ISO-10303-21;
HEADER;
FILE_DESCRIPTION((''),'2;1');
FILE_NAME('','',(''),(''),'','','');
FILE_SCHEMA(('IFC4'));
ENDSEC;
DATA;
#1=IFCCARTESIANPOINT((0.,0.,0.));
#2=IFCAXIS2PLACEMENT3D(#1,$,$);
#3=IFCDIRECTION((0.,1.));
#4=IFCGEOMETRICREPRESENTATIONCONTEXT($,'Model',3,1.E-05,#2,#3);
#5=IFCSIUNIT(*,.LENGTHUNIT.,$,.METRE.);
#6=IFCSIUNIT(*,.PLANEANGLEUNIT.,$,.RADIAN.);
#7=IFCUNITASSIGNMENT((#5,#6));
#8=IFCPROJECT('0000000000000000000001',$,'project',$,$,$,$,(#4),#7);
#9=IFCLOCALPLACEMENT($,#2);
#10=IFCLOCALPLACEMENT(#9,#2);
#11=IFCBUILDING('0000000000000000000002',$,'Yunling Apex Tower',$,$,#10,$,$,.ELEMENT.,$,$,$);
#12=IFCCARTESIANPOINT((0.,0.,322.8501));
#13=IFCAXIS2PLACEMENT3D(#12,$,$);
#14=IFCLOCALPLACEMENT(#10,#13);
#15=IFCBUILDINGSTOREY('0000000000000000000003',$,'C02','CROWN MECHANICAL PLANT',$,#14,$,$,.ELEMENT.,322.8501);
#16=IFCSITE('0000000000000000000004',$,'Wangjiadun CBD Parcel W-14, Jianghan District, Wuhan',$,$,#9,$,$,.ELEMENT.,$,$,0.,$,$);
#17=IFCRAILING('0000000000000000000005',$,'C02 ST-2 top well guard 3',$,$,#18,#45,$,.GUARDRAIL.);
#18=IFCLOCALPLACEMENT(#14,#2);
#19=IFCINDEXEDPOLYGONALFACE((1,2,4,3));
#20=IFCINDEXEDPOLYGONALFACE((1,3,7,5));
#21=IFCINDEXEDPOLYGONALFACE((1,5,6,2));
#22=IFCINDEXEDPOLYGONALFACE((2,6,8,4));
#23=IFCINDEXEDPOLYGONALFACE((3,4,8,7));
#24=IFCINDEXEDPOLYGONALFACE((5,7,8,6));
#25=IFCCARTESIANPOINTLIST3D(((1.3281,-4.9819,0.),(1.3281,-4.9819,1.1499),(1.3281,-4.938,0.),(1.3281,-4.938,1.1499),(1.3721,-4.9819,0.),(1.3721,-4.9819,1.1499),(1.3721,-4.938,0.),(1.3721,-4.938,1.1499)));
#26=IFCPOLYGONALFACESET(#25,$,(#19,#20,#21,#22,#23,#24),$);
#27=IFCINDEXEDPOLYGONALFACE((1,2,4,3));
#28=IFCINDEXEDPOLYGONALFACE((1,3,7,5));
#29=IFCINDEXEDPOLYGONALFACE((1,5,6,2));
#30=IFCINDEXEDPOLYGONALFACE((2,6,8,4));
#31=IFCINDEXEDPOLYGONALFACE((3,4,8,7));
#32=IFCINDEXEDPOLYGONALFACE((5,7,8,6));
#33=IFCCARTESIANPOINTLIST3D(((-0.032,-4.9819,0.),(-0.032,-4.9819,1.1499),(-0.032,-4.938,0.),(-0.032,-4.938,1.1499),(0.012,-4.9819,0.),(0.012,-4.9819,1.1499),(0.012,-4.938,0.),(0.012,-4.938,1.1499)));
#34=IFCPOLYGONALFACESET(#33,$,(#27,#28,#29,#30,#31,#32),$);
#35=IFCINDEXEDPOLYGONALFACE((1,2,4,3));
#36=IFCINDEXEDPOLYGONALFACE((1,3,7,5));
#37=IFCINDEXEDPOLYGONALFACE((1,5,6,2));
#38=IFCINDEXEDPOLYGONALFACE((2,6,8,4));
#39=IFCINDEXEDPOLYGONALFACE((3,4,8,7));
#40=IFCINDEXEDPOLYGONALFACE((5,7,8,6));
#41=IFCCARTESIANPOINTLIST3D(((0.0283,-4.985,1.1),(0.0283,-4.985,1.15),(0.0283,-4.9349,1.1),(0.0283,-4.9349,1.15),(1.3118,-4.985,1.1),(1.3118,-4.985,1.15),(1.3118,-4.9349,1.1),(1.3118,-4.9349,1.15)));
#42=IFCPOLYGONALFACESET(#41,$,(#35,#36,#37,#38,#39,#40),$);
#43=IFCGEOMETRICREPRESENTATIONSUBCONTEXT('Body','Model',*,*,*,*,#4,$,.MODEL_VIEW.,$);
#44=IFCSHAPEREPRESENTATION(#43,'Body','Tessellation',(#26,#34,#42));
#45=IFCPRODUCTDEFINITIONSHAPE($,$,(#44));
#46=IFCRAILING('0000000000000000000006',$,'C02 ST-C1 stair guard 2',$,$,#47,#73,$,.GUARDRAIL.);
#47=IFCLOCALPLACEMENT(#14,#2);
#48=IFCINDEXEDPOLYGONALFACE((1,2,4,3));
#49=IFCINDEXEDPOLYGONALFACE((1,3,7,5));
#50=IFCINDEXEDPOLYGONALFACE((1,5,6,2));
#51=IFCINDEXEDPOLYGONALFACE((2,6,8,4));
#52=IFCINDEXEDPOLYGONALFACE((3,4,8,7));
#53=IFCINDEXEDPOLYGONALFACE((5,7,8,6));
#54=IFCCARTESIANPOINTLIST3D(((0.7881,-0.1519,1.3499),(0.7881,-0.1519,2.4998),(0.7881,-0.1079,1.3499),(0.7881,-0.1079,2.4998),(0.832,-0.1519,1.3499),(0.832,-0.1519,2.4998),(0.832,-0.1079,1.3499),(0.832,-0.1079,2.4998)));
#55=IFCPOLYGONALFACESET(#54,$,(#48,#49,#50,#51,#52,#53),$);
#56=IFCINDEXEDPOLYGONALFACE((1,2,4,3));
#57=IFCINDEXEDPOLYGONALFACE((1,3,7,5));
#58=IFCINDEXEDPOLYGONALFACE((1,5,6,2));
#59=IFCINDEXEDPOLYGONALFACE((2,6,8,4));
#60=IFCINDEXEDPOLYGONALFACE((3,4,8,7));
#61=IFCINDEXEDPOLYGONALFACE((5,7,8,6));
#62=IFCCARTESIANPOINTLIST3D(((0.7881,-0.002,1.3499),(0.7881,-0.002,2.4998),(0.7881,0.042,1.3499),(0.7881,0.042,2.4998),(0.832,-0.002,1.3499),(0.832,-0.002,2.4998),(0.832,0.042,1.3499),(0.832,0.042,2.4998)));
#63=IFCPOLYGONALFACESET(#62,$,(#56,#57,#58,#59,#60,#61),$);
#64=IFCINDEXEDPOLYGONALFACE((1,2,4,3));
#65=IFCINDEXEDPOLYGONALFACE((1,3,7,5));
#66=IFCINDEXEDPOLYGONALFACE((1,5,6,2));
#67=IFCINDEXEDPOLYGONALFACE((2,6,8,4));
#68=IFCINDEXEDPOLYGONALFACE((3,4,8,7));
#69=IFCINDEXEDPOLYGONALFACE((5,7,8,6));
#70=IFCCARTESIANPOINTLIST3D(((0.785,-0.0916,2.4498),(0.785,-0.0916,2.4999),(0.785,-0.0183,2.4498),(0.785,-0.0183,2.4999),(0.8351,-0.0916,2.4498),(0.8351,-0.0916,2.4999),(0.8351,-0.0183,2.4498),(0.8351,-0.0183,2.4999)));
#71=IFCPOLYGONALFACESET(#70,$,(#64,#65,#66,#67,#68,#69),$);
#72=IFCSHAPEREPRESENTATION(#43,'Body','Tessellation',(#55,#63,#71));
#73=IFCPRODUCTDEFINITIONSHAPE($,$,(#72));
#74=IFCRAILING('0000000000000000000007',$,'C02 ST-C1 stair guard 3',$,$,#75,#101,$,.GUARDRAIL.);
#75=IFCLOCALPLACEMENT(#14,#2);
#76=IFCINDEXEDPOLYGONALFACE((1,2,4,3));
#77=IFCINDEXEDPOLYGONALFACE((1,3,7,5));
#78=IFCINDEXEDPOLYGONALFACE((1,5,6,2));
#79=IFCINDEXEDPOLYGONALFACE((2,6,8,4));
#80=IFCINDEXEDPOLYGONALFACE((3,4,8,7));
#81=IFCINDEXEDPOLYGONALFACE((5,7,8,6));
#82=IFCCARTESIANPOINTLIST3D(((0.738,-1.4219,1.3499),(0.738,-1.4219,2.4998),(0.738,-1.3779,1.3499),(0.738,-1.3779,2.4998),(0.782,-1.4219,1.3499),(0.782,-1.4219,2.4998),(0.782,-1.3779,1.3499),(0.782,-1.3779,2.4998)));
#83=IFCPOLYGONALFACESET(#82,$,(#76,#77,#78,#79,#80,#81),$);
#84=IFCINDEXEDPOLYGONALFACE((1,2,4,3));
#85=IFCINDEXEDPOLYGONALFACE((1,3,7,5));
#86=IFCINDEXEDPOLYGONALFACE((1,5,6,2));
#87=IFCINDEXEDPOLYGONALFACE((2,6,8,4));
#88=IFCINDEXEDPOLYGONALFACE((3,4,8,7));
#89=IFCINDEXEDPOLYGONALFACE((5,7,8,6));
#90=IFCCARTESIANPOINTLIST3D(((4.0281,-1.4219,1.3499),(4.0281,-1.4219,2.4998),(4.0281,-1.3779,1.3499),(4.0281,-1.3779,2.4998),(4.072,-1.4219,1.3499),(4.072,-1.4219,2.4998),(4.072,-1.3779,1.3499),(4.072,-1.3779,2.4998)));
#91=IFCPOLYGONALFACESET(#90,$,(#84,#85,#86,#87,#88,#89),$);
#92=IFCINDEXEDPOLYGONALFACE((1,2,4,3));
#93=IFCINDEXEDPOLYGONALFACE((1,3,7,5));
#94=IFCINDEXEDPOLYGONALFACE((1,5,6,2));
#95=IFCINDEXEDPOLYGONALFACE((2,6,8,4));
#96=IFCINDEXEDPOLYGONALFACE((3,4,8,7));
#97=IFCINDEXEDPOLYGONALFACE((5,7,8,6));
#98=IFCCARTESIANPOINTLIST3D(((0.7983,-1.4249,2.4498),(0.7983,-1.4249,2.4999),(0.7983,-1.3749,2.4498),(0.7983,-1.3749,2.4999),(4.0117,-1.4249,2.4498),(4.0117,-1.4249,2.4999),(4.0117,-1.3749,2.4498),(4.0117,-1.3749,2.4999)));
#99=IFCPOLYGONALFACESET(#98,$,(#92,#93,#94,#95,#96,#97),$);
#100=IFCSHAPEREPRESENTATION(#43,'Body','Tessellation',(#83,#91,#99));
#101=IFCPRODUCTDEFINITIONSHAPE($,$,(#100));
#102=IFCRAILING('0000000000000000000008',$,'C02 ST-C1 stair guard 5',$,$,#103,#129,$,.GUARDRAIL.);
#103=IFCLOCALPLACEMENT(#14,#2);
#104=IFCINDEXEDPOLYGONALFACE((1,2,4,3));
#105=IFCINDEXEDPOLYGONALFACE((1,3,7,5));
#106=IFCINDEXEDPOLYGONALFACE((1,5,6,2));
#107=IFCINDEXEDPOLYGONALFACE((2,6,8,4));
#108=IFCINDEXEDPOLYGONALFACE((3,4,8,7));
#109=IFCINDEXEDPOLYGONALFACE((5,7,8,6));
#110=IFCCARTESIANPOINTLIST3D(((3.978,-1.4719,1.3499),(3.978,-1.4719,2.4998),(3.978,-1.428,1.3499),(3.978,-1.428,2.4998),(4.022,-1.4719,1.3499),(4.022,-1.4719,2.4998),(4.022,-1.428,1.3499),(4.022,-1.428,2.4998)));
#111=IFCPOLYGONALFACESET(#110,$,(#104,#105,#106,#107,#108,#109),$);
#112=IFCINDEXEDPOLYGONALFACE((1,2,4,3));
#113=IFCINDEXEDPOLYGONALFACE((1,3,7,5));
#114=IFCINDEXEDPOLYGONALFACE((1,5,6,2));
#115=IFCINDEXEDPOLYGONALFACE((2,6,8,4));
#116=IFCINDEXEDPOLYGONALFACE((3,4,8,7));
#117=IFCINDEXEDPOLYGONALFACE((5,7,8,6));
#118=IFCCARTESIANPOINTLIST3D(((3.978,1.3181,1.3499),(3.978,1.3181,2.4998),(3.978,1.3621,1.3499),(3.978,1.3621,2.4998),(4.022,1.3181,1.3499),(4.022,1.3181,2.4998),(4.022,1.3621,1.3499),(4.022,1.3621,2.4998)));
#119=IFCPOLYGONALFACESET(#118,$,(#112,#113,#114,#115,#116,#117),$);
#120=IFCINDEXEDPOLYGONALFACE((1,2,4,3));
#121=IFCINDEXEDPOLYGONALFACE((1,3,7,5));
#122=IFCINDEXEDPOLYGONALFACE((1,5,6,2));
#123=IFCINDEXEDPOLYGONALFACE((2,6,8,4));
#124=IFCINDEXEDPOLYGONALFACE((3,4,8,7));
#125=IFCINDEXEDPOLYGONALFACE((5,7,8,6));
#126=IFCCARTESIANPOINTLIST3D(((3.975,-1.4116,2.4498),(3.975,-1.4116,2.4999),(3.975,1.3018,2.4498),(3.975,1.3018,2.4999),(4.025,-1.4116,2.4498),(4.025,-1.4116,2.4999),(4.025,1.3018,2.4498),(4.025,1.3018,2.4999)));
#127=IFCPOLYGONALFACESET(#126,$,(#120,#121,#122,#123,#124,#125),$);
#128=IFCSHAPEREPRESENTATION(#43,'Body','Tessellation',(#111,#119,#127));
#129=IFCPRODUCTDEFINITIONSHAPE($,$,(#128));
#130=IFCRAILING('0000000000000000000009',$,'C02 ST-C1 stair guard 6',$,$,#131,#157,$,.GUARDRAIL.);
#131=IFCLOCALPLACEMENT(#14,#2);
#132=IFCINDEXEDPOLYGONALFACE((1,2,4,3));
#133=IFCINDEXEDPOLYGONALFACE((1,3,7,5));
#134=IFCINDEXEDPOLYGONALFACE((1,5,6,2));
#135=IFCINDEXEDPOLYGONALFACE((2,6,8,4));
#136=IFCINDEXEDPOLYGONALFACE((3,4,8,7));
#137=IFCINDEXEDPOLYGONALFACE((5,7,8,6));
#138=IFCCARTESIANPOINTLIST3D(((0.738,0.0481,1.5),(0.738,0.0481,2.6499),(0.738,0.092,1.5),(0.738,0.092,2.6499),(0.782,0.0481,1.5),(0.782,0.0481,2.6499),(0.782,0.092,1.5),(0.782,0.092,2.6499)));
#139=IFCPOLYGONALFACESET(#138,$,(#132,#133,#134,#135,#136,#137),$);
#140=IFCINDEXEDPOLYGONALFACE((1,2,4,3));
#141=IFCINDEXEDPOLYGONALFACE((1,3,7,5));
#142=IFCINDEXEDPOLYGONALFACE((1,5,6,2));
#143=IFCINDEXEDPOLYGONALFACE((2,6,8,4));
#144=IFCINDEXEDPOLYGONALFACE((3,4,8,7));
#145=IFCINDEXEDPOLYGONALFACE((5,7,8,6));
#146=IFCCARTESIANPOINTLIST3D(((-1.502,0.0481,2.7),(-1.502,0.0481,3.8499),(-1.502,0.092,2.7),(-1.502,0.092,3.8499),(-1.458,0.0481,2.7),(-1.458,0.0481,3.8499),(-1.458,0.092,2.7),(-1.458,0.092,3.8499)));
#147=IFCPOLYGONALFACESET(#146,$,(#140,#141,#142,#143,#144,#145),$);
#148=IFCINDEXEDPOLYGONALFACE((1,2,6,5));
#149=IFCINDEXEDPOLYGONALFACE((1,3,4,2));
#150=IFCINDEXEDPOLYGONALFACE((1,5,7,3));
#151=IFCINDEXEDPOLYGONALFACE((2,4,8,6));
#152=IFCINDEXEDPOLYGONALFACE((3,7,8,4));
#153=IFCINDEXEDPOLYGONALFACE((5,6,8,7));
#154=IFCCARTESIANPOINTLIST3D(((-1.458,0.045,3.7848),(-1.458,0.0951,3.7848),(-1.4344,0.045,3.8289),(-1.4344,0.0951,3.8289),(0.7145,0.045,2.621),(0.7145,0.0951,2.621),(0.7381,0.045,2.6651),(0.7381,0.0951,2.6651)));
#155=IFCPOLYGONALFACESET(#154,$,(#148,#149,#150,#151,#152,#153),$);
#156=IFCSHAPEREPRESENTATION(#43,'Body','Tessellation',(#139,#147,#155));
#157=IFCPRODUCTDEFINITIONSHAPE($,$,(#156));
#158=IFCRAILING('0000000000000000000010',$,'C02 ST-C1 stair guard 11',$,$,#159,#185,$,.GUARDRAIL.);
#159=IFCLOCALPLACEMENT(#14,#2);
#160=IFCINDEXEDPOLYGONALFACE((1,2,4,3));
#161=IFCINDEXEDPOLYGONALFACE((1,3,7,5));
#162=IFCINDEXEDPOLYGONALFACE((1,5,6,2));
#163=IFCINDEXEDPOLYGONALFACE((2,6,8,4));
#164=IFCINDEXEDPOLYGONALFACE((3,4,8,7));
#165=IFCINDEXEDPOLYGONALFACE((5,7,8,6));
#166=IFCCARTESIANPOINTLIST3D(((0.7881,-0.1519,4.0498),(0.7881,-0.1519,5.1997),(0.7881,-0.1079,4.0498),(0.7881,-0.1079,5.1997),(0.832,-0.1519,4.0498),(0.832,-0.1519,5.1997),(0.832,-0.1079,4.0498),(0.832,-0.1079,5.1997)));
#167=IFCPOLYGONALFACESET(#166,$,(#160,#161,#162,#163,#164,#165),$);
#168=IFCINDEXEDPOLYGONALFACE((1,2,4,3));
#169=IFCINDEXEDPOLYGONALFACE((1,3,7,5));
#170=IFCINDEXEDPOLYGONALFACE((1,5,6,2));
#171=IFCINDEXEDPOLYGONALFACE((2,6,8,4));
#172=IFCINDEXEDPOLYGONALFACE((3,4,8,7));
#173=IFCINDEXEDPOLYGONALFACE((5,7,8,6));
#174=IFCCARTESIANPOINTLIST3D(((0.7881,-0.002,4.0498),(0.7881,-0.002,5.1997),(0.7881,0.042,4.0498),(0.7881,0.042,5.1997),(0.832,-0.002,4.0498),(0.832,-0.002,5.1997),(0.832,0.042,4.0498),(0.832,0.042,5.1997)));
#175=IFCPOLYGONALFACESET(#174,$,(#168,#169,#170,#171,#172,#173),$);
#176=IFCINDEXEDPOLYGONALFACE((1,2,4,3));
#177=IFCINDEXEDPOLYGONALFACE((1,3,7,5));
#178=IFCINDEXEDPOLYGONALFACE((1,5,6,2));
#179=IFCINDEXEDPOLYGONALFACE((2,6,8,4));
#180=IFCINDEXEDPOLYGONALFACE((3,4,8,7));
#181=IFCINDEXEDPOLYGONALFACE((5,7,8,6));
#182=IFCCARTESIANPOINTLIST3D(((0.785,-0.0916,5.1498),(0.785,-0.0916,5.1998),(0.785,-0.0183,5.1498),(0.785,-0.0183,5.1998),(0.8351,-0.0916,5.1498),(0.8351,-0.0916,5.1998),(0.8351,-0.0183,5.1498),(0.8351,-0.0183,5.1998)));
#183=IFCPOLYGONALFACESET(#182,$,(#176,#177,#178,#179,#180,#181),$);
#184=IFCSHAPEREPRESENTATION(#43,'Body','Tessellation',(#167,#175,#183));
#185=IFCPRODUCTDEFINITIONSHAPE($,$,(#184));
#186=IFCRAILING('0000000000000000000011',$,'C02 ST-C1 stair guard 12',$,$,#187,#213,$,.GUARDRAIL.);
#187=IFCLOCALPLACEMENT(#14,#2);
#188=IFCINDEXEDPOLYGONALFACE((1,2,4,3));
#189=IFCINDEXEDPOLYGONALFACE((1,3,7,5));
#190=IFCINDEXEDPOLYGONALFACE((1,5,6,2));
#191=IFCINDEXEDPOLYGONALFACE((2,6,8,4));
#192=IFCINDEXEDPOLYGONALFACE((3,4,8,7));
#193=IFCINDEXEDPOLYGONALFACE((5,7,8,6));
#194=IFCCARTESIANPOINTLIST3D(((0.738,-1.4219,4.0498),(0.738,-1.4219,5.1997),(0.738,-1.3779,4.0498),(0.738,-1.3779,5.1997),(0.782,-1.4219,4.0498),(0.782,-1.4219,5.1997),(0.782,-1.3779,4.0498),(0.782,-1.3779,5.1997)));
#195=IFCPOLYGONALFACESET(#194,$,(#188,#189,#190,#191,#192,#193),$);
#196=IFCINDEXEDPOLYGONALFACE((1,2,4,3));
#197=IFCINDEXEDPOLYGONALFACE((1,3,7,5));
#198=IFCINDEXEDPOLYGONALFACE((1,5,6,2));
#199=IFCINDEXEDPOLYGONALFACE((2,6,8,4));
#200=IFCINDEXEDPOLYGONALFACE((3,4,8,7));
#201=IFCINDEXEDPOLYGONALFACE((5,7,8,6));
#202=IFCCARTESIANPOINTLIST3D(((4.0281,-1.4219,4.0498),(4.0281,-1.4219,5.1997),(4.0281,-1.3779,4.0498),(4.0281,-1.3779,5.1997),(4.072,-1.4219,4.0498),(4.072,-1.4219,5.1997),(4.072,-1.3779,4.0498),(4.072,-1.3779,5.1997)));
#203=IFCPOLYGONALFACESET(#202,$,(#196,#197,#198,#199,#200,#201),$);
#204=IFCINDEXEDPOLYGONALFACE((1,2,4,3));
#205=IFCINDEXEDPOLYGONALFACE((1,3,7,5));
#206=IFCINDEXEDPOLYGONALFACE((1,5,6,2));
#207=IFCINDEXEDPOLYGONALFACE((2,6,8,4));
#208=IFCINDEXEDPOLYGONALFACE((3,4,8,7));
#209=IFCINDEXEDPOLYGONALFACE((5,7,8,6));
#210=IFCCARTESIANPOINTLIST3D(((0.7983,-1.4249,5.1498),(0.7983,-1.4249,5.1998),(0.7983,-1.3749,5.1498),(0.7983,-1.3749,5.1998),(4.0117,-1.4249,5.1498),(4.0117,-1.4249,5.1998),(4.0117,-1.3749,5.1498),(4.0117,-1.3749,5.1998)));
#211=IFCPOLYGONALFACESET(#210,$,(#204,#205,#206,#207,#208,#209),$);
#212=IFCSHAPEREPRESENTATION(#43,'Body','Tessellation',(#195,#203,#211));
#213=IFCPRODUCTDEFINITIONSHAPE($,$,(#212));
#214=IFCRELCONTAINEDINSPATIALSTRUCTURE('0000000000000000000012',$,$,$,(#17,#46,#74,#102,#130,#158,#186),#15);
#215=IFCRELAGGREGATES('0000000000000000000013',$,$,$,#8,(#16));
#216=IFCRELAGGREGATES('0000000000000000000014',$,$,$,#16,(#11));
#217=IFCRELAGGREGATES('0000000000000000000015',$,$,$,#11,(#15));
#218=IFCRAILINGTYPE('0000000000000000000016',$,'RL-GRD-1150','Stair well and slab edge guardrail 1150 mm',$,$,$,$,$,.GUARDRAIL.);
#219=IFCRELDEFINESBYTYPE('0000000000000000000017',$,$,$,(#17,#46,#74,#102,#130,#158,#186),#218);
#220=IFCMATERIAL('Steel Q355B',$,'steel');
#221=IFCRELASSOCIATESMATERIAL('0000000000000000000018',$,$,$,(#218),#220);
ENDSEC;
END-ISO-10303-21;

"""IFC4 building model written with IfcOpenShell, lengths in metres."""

from ifc_helpers import new_model, si_unit, direction, frame, origin, origin_2d, place, context, subcontext, project, spatial, rectangle, extrude, material, type_object, element, save


model = new_model("IFC4")

# Units and contexts
model_context = context("Model", 3, precision=1e-05, world=origin(), true_north=direction((0.0, 1.0)))
body_context = subcontext(model_context, "Body", "Model", "MODEL_VIEW")
ifc_project = project(units=[si_unit("LENGTHUNIT", "METRE"), si_unit("PLANEANGLEUNIT", "RADIAN")], contexts=[model_context])

# Site, building, storey
site_placement = place(None, origin())
site = spatial("IfcSite", under=ifc_project, at=site_placement, Name="Wangjiadun CBD Parcel W-14, Jianghan District, Wuhan", CompositionType="ELEMENT", RefElevation=0.0)
building_placement = place(site_placement, origin())
building = spatial("IfcBuilding", under=site, at=building_placement, Name="Yunling Apex Tower", CompositionType="ELEMENT")
storey_placement = place(building_placement, frame((0.0, 0.0, 322.8501)))
storey = spatial("IfcBuildingStorey", under=building, at=storey_placement, Name="C02", Description="CROWN MECHANICAL PLANT", CompositionType="ELEMENT", Elevation=322.8501)

# Shared definitions
ifc_material_1 = material(Name="Steel Q355B", Category="steel")

# Railings
railing_type = type_object("IfcRailingType", Name="RL-GRD-1150", Description="Stair well and slab edge guardrail 1150 mm", PredefinedType="GUARDRAIL", material=ifc_material_1)
railing_1_placement = place(storey_placement, frame((1.3501, -4.96, 0.0)))
element("IfcRailing", 1, at=railing_1_placement, inside=storey, type_object=railing_type, Name="C02 ST-2 top well guard 3", PredefinedType="GUARDRAIL", context=body_context, shape_type="SweptSolid", body=[
    extrude(rectangle(XDim=0.0439, YDim=0.0439, at=origin_2d()), origin(), (0.0, 0.0, 1.0), 1.1499),
    extrude(rectangle(XDim=0.0439, YDim=0.0439, at=origin_2d()), frame((-1.3601, 0.0, 0.0)), (0.0, 0.0, 1.0), 1.1499),
    extrude(rectangle(XDim=0.05, YDim=0.05, at=origin_2d()), frame((-0.0383, 0.0, 1.125), z_axis=(-1.0, 0.0, 0.0), x_axis=(0.0, -1.0, 0.0)), (0.0, 0.0, 1.0), 1.2834),
])
railing_2_placement = place(storey_placement, frame((0.8101, -0.1299, 1.3499)))
element("IfcRailing", 2, at=railing_2_placement, inside=storey, type_object=railing_type, Name="C02 ST-C1 stair guard 2", PredefinedType="GUARDRAIL", context=body_context, shape_type="SweptSolid", body=[
    extrude(rectangle(XDim=0.0439, YDim=0.0439, at=origin_2d()), origin(), (0.0, 0.0, 1.0), 1.1499),
    extrude(rectangle(XDim=0.0439, YDim=0.0439, at=origin_2d()), frame((0.0, 0.1499, 0.0)), (0.0, 0.0, 1.0), 1.1499),
    extrude(rectangle(XDim=0.05, YDim=0.05, at=origin_2d()), frame((0.0, 0.0383, 1.125), z_axis=(0.0, 1.0, 0.0), x_axis=(-1.0, 0.0, 0.0)), (0.0, 0.0, 1.0), 0.0732),
])
railing_3_placement = place(storey_placement, frame((0.76, -1.3999, 1.3499)))
element("IfcRailing", 3, at=railing_3_placement, inside=storey, type_object=railing_type, Name="C02 ST-C1 stair guard 3", PredefinedType="GUARDRAIL", context=body_context, shape_type="SweptSolid", body=[
    extrude(rectangle(XDim=0.0439, YDim=0.0439, at=origin_2d()), origin(), (0.0, 0.0, 1.0), 1.1499),
    extrude(rectangle(XDim=0.0439, YDim=0.0439, at=origin_2d()), frame((3.29, 0.0, 0.0)), (0.0, 0.0, 1.0), 1.1499),
    extrude(rectangle(XDim=0.05, YDim=0.05, at=origin_2d()), frame((0.0383, 0.0, 1.125), z_axis=(1.0, 0.0, 0.0), x_axis=(0.0, 1.0, 0.0)), (0.0, 0.0, 1.0), 3.2134),
])
railing_4_placement = place(storey_placement, frame((4.0, -1.45, 1.3499)))
element("IfcRailing", 4, at=railing_4_placement, inside=storey, type_object=railing_type, Name="C02 ST-C1 stair guard 5", PredefinedType="GUARDRAIL", context=body_context, shape_type="SweptSolid", body=[
    extrude(rectangle(XDim=0.0439, YDim=0.0439, at=origin_2d()), origin(), (0.0, 0.0, 1.0), 1.1499),
    extrude(rectangle(XDim=0.0439, YDim=0.0439, at=origin_2d()), frame((0.0, 2.79, 0.0)), (0.0, 0.0, 1.0), 1.1499),
    extrude(rectangle(XDim=0.05, YDim=0.05, at=origin_2d()), frame((0.0, 0.0383, 1.125), z_axis=(0.0, 1.0, 0.0), x_axis=(-1.0, 0.0, 0.0)), (0.0, 0.0, 1.0), 2.7134),
])
railing_5_placement = place(storey_placement, frame((0.76, 0.0701, 1.5)))
element("IfcRailing", 5, at=railing_5_placement, inside=storey, type_object=railing_type, Name="C02 ST-C1 stair guard 6", PredefinedType="GUARDRAIL", context=body_context, shape_type="SweptSolid", body=[
    extrude(rectangle(XDim=0.0439, YDim=0.0439, at=origin_2d()), origin(), (0.0, 0.0, 1.0), 1.1499),
    extrude(rectangle(XDim=0.0439, YDim=0.0439, at=origin_2d()), frame((-2.24, 0.0, 1.2)), (0.0, 0.0, 1.0), 1.1499),
    extrude(rectangle(XDim=0.05, YDim=0.05, at=origin_2d()), frame((-0.0337, 0.0, 1.1431), z_axis=(-0.881487, 0.0, 0.472208), x_axis=(0.0, -1.0, 0.0)), (0.0, 0.0, 1.0), 2.4646),
])
railing_6_placement = place(storey_placement, frame((0.8101, -0.1299, 4.0498)))
element("IfcRailing", 6, at=railing_6_placement, inside=storey, type_object=railing_type, Name="C02 ST-C1 stair guard 11", PredefinedType="GUARDRAIL", context=body_context, shape_type="SweptSolid", body=[
    extrude(rectangle(XDim=0.0439, YDim=0.0439, at=origin_2d()), origin(), (0.0, 0.0, 1.0), 1.1499),
    extrude(rectangle(XDim=0.0439, YDim=0.0439, at=origin_2d()), frame((0.0, 0.1499, 0.0)), (0.0, 0.0, 1.0), 1.1499),
    extrude(rectangle(XDim=0.05, YDim=0.05, at=origin_2d()), frame((0.0, 0.0383, 1.125), z_axis=(0.0, 1.0, 0.0), x_axis=(-1.0, 0.0, 0.0)), (0.0, 0.0, 1.0), 0.0732),
])
railing_7_placement = place(storey_placement, frame((0.76, -1.3999, 4.0498)))
element("IfcRailing", 7, at=railing_7_placement, inside=storey, type_object=railing_type, Name="C02 ST-C1 stair guard 12", PredefinedType="GUARDRAIL", context=body_context, shape_type="SweptSolid", body=[
    extrude(rectangle(XDim=0.0439, YDim=0.0439, at=origin_2d()), origin(), (0.0, 0.0, 1.0), 1.1499),
    extrude(rectangle(XDim=0.0439, YDim=0.0439, at=origin_2d()), frame((3.29, 0.0, 0.0)), (0.0, 0.0, 1.0), 1.1499),
    extrude(rectangle(XDim=0.05, YDim=0.05, at=origin_2d()), frame((0.0383, 0.0, 1.125), z_axis=(1.0, 0.0, 0.0), x_axis=(0.0, 1.0, 0.0)), (0.0, 0.0, 1.0), 3.2134),
])

save(model, "model.ifc")
